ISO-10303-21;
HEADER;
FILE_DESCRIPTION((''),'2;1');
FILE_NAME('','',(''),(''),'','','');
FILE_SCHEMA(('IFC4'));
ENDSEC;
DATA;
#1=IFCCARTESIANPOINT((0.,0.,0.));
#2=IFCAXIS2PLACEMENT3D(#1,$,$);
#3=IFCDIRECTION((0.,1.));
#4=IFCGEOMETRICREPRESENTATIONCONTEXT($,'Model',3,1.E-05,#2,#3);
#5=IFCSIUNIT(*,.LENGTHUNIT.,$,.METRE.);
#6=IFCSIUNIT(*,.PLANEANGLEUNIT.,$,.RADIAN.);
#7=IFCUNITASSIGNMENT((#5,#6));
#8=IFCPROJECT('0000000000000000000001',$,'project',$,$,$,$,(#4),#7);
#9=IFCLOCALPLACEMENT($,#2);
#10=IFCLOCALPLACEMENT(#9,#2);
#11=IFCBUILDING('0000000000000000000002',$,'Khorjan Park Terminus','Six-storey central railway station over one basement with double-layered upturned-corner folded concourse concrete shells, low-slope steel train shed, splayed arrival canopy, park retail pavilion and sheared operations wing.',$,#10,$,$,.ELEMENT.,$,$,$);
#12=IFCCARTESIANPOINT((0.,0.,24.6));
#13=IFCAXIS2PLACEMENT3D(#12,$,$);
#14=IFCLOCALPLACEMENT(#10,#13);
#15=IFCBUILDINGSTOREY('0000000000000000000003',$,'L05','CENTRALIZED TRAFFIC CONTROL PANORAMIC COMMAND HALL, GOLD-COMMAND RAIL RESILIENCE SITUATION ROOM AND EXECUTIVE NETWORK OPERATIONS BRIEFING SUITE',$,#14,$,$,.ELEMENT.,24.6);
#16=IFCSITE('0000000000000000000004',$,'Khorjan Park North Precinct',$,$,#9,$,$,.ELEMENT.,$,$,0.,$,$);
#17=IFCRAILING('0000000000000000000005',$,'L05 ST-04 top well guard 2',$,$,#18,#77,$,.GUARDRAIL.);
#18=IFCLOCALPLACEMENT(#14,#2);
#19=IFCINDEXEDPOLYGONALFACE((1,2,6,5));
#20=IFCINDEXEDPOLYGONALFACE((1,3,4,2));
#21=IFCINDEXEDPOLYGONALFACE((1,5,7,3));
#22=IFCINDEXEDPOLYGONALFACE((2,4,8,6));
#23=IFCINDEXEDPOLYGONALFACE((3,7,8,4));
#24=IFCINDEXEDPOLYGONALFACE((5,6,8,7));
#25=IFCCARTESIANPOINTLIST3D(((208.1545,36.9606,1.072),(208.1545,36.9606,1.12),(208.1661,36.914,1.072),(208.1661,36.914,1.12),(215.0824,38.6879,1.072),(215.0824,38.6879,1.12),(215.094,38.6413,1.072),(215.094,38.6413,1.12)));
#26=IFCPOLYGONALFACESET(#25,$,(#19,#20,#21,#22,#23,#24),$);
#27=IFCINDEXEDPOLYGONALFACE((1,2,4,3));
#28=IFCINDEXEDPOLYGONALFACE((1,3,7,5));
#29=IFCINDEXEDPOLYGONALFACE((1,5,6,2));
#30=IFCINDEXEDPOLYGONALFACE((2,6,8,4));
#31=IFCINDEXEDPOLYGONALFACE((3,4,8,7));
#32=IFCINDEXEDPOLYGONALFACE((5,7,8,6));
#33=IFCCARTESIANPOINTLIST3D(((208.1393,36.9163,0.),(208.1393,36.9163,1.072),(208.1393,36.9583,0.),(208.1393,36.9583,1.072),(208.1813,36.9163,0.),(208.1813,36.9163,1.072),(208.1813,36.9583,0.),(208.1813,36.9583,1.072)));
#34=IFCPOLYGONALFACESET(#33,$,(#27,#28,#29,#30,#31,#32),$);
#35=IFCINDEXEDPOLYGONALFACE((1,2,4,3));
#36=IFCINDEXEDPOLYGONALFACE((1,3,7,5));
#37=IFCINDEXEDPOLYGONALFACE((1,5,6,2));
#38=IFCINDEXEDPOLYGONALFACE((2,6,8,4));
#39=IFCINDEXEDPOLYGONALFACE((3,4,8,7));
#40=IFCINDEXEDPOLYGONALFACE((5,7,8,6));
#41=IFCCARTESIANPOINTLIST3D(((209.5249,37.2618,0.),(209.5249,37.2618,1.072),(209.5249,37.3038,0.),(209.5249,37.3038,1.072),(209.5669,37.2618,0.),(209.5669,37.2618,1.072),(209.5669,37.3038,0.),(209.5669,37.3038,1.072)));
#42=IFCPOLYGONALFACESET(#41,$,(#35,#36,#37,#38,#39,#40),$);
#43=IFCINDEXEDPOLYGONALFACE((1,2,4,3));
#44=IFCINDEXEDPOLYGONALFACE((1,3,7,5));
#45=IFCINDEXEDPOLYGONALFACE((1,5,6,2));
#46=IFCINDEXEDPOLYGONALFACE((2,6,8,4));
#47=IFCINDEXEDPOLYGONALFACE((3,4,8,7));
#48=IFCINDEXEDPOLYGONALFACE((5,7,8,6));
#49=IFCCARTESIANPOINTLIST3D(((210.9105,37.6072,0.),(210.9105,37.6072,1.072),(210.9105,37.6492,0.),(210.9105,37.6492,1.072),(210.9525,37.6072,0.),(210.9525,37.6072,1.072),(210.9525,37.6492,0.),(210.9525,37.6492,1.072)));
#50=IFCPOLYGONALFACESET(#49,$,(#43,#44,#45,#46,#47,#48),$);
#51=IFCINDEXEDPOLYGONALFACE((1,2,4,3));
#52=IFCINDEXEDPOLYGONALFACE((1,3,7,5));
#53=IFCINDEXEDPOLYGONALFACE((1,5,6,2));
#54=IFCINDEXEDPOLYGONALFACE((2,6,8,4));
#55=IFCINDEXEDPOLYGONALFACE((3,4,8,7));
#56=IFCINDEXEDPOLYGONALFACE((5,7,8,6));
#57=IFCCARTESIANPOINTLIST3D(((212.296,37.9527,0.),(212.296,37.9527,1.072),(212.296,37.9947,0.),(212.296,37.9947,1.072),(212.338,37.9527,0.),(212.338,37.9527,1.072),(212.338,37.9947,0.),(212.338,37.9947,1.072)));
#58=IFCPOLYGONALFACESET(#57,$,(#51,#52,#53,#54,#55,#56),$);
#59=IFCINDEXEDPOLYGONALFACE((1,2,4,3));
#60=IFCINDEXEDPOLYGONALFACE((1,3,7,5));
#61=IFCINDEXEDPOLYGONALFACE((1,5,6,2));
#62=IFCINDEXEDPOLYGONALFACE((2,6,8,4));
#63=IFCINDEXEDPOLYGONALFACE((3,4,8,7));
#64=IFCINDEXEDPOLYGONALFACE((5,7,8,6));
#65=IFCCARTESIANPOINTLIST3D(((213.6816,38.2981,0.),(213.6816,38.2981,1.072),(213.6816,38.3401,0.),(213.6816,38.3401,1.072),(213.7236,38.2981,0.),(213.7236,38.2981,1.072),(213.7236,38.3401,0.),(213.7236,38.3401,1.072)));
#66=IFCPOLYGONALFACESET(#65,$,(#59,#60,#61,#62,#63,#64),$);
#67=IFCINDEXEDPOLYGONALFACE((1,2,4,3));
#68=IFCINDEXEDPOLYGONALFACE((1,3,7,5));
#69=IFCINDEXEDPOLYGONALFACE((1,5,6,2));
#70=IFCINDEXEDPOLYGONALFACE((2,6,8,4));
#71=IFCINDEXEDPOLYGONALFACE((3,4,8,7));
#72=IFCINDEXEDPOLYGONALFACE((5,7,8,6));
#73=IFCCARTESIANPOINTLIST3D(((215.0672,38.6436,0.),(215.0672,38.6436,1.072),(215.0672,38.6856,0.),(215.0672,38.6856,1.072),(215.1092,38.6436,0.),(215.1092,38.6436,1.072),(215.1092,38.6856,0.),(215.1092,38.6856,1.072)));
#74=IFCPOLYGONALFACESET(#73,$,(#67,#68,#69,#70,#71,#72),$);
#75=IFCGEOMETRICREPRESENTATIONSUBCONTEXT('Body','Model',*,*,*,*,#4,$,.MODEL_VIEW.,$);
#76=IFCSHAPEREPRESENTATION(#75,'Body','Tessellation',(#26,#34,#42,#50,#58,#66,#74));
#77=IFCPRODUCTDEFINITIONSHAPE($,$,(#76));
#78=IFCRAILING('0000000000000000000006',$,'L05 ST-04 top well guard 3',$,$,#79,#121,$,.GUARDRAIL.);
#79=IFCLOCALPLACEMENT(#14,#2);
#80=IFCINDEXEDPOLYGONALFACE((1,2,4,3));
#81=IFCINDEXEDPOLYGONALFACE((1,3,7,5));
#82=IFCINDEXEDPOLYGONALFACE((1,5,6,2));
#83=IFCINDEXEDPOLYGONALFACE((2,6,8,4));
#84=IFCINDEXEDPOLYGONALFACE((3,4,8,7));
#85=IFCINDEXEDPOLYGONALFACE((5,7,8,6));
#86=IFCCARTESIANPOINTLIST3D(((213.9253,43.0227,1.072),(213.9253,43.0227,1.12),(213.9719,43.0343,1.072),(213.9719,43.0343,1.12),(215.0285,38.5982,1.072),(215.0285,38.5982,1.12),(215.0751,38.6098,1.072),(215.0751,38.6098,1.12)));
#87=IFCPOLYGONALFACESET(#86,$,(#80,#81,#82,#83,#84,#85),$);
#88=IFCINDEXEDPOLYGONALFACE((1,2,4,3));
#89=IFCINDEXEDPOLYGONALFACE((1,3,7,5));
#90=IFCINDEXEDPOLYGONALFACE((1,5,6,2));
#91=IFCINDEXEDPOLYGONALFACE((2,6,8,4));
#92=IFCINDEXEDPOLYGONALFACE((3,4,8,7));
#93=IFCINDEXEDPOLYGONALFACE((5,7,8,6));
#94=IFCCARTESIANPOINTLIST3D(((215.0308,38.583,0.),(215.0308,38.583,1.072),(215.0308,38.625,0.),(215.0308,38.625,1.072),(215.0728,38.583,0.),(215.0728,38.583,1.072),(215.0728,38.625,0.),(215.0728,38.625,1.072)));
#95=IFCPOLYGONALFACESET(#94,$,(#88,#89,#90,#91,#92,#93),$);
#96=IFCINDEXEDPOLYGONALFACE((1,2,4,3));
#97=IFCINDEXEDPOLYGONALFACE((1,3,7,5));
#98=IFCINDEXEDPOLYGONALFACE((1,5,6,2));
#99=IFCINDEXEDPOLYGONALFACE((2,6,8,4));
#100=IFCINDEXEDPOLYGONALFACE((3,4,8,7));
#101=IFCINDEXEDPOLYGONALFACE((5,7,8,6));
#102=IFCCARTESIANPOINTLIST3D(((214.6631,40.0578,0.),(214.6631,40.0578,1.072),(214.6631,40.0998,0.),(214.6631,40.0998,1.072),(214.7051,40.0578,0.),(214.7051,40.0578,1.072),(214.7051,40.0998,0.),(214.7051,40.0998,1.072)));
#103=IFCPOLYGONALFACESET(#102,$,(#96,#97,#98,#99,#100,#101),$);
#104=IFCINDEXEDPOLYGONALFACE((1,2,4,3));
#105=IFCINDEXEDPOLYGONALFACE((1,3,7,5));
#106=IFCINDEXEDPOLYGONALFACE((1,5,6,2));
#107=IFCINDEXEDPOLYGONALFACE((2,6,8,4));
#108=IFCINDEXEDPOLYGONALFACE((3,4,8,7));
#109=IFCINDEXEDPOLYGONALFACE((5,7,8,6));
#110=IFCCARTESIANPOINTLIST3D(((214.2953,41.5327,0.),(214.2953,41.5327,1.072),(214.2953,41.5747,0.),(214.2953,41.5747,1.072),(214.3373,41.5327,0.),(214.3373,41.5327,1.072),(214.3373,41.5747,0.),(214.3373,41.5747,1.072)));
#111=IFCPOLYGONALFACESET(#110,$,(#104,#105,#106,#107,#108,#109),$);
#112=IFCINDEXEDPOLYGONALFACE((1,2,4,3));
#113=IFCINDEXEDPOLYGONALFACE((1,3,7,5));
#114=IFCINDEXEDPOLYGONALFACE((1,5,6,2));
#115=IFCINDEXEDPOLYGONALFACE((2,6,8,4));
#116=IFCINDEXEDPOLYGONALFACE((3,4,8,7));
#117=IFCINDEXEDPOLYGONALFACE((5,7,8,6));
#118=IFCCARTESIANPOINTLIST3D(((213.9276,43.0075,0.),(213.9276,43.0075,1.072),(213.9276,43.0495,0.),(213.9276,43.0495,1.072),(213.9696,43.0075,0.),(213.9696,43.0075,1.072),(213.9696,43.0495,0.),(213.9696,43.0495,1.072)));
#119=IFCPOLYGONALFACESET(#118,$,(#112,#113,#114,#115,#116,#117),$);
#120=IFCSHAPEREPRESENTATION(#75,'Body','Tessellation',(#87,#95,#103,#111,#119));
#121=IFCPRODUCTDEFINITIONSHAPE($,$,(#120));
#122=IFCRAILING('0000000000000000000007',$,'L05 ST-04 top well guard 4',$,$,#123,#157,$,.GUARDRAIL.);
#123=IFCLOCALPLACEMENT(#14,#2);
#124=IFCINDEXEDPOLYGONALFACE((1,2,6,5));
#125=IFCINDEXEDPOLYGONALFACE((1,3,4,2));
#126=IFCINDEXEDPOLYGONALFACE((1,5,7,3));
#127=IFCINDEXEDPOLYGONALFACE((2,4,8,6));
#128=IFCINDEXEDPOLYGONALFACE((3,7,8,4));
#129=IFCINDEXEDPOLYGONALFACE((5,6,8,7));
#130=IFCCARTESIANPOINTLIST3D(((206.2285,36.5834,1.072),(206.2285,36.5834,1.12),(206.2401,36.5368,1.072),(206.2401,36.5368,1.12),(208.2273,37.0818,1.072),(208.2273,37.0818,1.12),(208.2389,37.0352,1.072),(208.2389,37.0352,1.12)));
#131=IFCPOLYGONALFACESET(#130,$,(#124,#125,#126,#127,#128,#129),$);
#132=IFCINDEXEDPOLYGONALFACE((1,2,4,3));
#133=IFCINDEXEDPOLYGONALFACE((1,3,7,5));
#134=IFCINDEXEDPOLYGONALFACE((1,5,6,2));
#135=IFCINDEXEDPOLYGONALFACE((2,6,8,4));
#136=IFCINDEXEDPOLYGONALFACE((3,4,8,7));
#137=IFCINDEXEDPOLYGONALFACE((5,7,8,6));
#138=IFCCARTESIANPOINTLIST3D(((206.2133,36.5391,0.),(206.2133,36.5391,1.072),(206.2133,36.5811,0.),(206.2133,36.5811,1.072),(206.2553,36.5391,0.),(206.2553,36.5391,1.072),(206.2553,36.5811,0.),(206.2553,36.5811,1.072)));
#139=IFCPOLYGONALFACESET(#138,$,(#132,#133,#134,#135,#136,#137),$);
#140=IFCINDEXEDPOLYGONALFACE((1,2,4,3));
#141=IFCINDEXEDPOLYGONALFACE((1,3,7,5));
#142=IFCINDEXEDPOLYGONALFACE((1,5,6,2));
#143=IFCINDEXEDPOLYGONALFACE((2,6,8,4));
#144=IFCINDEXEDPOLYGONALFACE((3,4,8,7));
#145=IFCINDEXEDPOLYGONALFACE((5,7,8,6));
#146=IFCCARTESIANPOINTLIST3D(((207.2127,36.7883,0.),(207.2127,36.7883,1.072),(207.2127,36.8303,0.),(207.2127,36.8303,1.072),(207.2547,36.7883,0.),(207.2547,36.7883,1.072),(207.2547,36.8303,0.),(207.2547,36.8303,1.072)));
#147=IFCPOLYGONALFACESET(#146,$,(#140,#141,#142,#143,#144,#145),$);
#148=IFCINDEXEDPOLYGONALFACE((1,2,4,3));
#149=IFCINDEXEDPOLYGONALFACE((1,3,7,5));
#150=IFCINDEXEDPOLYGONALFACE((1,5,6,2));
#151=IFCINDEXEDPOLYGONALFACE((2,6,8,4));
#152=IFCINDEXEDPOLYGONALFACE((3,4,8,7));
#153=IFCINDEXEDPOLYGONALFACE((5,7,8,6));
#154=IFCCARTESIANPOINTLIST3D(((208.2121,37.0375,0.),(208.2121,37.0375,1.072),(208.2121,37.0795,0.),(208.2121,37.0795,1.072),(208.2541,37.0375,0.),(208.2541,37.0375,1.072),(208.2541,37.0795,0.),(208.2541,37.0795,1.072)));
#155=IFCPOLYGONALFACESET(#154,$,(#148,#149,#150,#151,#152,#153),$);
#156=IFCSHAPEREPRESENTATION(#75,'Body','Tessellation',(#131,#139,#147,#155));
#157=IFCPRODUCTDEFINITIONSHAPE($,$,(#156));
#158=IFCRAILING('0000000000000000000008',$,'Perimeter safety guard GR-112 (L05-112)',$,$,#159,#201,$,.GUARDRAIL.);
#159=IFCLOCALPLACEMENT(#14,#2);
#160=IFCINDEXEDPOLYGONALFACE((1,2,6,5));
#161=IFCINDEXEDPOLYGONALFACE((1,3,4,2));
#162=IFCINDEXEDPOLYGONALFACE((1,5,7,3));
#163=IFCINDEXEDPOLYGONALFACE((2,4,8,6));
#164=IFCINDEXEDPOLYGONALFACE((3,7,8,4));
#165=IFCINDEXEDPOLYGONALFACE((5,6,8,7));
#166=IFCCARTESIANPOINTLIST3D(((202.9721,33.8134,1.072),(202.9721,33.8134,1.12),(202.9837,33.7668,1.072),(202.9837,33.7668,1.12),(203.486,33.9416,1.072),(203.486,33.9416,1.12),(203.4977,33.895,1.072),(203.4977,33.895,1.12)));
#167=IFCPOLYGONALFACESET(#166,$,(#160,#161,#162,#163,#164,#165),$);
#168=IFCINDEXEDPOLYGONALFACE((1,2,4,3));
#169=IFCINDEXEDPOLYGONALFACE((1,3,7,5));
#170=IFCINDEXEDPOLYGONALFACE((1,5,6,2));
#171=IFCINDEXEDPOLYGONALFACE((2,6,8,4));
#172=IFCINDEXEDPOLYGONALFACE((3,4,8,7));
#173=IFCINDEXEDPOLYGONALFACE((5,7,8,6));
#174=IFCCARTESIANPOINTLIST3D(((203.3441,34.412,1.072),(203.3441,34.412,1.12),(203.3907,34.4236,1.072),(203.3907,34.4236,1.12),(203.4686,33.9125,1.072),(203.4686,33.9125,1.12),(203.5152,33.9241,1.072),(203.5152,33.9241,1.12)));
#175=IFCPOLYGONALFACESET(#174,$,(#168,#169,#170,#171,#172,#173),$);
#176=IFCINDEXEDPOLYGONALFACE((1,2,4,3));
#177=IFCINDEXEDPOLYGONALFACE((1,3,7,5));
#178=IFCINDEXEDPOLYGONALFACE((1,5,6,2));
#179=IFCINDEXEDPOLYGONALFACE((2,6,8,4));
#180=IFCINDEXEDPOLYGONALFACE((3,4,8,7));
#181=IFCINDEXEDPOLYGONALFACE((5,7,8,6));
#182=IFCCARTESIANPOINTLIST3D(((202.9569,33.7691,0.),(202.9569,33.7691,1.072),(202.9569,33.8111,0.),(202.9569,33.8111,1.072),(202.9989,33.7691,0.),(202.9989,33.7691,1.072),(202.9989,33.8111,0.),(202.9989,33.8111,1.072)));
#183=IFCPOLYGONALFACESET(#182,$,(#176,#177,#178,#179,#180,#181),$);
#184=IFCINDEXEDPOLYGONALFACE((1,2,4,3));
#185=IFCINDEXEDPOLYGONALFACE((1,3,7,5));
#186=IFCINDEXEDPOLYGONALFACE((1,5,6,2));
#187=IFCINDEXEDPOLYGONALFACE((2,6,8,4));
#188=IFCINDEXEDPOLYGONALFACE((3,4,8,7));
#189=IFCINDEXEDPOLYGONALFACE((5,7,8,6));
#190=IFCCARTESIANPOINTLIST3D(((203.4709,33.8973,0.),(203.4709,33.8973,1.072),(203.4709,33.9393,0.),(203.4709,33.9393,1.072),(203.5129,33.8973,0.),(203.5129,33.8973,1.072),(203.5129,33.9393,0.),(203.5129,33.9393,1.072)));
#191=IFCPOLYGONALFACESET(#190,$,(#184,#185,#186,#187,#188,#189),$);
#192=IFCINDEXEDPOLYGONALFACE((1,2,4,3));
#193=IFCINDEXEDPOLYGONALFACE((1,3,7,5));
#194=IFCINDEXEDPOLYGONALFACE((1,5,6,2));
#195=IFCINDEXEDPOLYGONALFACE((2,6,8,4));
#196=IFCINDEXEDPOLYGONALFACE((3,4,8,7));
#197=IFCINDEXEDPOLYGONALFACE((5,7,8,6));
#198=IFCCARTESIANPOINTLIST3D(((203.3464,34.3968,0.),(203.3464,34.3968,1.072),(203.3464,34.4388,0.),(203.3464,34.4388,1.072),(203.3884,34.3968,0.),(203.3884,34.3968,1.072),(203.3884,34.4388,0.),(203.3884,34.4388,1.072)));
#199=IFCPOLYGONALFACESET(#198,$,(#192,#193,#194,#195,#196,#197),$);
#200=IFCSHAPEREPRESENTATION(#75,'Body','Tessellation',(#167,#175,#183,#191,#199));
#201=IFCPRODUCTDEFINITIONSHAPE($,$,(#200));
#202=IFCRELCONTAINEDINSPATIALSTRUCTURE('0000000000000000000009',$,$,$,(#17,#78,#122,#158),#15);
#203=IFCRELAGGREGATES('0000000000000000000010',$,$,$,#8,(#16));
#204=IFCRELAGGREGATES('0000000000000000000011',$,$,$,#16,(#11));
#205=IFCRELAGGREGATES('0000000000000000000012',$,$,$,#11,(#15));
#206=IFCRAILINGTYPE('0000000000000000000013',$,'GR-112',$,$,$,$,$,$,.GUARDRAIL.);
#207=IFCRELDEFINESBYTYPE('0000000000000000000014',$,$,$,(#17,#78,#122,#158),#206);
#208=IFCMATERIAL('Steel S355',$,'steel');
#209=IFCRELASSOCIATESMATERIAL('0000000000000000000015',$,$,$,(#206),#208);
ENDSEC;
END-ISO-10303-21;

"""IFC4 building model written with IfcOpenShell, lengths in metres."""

from ifc_helpers import new_model, si_unit, direction, frame, origin, origin_2d, place, context, subcontext, project, spatial, rectangle, extrude, material, type_object, element, save


model = new_model("IFC4")

# Units and contexts
model_context = context("Model", 3, precision=1e-05, world=origin(), true_north=direction((0.0, 1.0)))
body_context = subcontext(model_context, "Body", "Model", "MODEL_VIEW")
ifc_project = project(units=[si_unit("LENGTHUNIT", "METRE"), si_unit("PLANEANGLEUNIT", "RADIAN")], contexts=[model_context])

# Site, building, storey
site_placement = place(None, origin())
site = spatial("IfcSite", under=ifc_project, at=site_placement, Name="Khorjan Park North Precinct", CompositionType="ELEMENT", RefElevation=0.0)
building_placement = place(site_placement, origin())
building = spatial("IfcBuilding", under=site, at=building_placement, Name="Khorjan Park Terminus", Description="Six-storey central railway station over one basement with double-layered upturned-corner folded concourse concrete shells, low-slope steel train shed, splayed arrival canopy, park retail pavilion and sheared operations wing.", CompositionType="ELEMENT")
storey_placement = place(building_placement, frame((0.0, 0.0, 24.6)))
storey = spatial("IfcBuildingStorey", under=building, at=storey_placement, Name="L05", Description="CENTRALIZED TRAFFIC CONTROL PANORAMIC COMMAND HALL, GOLD-COMMAND RAIL RESILIENCE SITUATION ROOM AND EXECUTIVE NETWORK OPERATIONS BRIEFING SUITE", CompositionType="ELEMENT", Elevation=24.6)

# Shared definitions
ifc_material_1 = material(Name="Steel S355", Category="steel")

# Railings
railing_type = type_object("IfcRailingType", Name="GR-112", PredefinedType="GUARDRAIL", material=ifc_material_1)
railing_1_placement = place(storey_placement, frame((208.1603, 36.9373, 0.0)))
element("IfcRailing", 1, at=railing_1_placement, inside=storey, type_object=railing_type, Name="L05 ST-04 top well guard 2", PredefinedType="GUARDRAIL", context=body_context, shape_type="SweptSolid", body=[
    extrude(rectangle(XDim=0.048, YDim=0.048, at=origin_2d()), frame((0.0, 0.0, 1.096), z_axis=(0.970296, 0.241919, 0.0), x_axis=(-0.241919, 0.970296, 0.0)), (0.0, 0.0, 1.0), 7.14),
    extrude(rectangle(XDim=0.042, YDim=0.042, at=origin_2d()), origin(), (0.0, 0.0, 1.0), 1.072),
    extrude(rectangle(XDim=0.042, YDim=0.042, at=origin_2d()), frame((1.3856, 0.3455, 0.0)), (0.0, 0.0, 1.0), 1.072),
    extrude(rectangle(XDim=0.042, YDim=0.042, at=origin_2d()), frame((2.7712, 0.6909, 0.0)), (0.0, 0.0, 1.0), 1.072),
    extrude(rectangle(XDim=0.042, YDim=0.042, at=origin_2d()), frame((4.1567, 1.0364, 0.0)), (0.0, 0.0, 1.0), 1.072),
    extrude(rectangle(XDim=0.042, YDim=0.042, at=origin_2d()), frame((5.5423, 1.3818, 0.0)), (0.0, 0.0, 1.0), 1.072),
    extrude(rectangle(XDim=0.042, YDim=0.042, at=origin_2d()), frame((6.9279, 1.7273, 0.0)), (0.0, 0.0, 1.0), 1.072),
])
railing_2_placement = place(storey_placement, frame((215.0518, 38.604, 0.0)))
element("IfcRailing", 2, at=railing_2_placement, inside=storey, type_object=railing_type, Name="L05 ST-04 top well guard 3", PredefinedType="GUARDRAIL", context=body_context, shape_type="SweptSolid", body=[
    extrude(rectangle(XDim=0.048, YDim=0.048, at=origin_2d()), frame((0.0, 0.0, 1.096), z_axis=(-0.241932, 0.970293, 0.0), x_axis=(-0.970293, -0.241932, 0.0)), (0.0, 0.0, 1.0), 4.56),
    extrude(rectangle(XDim=0.042, YDim=0.042, at=origin_2d()), origin(), (0.0, 0.0, 1.0), 1.072),
    extrude(rectangle(XDim=0.042, YDim=0.042, at=origin_2d()), frame((-0.3677, 1.4748, 0.0)), (0.0, 0.0, 1.0), 1.072),
    extrude(rectangle(XDim=0.042, YDim=0.042, at=origin_2d()), frame((-0.7355, 2.9497, 0.0)), (0.0, 0.0, 1.0), 1.072),
    extrude(rectangle(XDim=0.042, YDim=0.042, at=origin_2d()), frame((-1.1032, 4.4245, 0.0)), (0.0, 0.0, 1.0), 1.072),
])
railing_3_placement = place(storey_placement, frame((206.2343, 36.5601, 0.0)))
element("IfcRailing", 3, at=railing_3_placement, inside=storey, type_object=railing_type, Name="L05 ST-04 top well guard 4", PredefinedType="GUARDRAIL", context=body_context, shape_type="SweptSolid", body=[
    extrude(rectangle(XDim=0.048, YDim=0.048, at=origin_2d()), frame((0.0, 0.0, 1.096), z_axis=(0.970291, 0.241942, 0.0), x_axis=(-0.241942, 0.970291, 0.0)), (0.0, 0.0, 1.0), 2.06),
    extrude(rectangle(XDim=0.042, YDim=0.042, at=origin_2d()), origin(), (0.0, 0.0, 1.0), 1.072),
    extrude(rectangle(XDim=0.042, YDim=0.042, at=origin_2d()), frame((0.9994, 0.2492, 0.0)), (0.0, 0.0, 1.0), 1.072),
    extrude(rectangle(XDim=0.042, YDim=0.042, at=origin_2d()), frame((1.9988, 0.4984, 0.0)), (0.0, 0.0, 1.0), 1.072),
])
railing_4_placement = place(storey_placement, frame((202.9779, 33.7901, 0.0)))
element("IfcRailing", 4, at=railing_4_placement, inside=storey, type_object=railing_type, Name="Perimeter safety guard GR-112 (L05-112)", PredefinedType="GUARDRAIL", context=body_context, shape_type="SweptSolid", body=[
    extrude(rectangle(XDim=0.048, YDim=0.048, at=origin_2d()), frame((0.0, 0.0, 1.096), z_axis=(0.970276, 0.242003, 0.0), x_axis=(-0.242003, 0.970276, 0.0)), (0.0, 0.0, 1.0), 0.5297),
    extrude(rectangle(XDim=0.048, YDim=0.048, at=origin_2d()), frame((0.514, 0.1282, 1.096), z_axis=(-0.24185, 0.970314, 0.0), x_axis=(-0.970314, -0.24185, 0.0)), (0.0, 0.0, 1.0), 0.5148),
    extrude(rectangle(XDim=0.042, YDim=0.042, at=origin_2d()), origin(), (0.0, 0.0, 1.0), 1.072),
    extrude(rectangle(XDim=0.042, YDim=0.042, at=origin_2d()), frame((0.514, 0.1282, 0.0)), (0.0, 0.0, 1.0), 1.072),
    extrude(rectangle(XDim=0.042, YDim=0.042, at=origin_2d()), frame((0.3895, 0.6277, 0.0)), (0.0, 0.0, 1.0), 1.072),
])

save(model, "model.ifc")
